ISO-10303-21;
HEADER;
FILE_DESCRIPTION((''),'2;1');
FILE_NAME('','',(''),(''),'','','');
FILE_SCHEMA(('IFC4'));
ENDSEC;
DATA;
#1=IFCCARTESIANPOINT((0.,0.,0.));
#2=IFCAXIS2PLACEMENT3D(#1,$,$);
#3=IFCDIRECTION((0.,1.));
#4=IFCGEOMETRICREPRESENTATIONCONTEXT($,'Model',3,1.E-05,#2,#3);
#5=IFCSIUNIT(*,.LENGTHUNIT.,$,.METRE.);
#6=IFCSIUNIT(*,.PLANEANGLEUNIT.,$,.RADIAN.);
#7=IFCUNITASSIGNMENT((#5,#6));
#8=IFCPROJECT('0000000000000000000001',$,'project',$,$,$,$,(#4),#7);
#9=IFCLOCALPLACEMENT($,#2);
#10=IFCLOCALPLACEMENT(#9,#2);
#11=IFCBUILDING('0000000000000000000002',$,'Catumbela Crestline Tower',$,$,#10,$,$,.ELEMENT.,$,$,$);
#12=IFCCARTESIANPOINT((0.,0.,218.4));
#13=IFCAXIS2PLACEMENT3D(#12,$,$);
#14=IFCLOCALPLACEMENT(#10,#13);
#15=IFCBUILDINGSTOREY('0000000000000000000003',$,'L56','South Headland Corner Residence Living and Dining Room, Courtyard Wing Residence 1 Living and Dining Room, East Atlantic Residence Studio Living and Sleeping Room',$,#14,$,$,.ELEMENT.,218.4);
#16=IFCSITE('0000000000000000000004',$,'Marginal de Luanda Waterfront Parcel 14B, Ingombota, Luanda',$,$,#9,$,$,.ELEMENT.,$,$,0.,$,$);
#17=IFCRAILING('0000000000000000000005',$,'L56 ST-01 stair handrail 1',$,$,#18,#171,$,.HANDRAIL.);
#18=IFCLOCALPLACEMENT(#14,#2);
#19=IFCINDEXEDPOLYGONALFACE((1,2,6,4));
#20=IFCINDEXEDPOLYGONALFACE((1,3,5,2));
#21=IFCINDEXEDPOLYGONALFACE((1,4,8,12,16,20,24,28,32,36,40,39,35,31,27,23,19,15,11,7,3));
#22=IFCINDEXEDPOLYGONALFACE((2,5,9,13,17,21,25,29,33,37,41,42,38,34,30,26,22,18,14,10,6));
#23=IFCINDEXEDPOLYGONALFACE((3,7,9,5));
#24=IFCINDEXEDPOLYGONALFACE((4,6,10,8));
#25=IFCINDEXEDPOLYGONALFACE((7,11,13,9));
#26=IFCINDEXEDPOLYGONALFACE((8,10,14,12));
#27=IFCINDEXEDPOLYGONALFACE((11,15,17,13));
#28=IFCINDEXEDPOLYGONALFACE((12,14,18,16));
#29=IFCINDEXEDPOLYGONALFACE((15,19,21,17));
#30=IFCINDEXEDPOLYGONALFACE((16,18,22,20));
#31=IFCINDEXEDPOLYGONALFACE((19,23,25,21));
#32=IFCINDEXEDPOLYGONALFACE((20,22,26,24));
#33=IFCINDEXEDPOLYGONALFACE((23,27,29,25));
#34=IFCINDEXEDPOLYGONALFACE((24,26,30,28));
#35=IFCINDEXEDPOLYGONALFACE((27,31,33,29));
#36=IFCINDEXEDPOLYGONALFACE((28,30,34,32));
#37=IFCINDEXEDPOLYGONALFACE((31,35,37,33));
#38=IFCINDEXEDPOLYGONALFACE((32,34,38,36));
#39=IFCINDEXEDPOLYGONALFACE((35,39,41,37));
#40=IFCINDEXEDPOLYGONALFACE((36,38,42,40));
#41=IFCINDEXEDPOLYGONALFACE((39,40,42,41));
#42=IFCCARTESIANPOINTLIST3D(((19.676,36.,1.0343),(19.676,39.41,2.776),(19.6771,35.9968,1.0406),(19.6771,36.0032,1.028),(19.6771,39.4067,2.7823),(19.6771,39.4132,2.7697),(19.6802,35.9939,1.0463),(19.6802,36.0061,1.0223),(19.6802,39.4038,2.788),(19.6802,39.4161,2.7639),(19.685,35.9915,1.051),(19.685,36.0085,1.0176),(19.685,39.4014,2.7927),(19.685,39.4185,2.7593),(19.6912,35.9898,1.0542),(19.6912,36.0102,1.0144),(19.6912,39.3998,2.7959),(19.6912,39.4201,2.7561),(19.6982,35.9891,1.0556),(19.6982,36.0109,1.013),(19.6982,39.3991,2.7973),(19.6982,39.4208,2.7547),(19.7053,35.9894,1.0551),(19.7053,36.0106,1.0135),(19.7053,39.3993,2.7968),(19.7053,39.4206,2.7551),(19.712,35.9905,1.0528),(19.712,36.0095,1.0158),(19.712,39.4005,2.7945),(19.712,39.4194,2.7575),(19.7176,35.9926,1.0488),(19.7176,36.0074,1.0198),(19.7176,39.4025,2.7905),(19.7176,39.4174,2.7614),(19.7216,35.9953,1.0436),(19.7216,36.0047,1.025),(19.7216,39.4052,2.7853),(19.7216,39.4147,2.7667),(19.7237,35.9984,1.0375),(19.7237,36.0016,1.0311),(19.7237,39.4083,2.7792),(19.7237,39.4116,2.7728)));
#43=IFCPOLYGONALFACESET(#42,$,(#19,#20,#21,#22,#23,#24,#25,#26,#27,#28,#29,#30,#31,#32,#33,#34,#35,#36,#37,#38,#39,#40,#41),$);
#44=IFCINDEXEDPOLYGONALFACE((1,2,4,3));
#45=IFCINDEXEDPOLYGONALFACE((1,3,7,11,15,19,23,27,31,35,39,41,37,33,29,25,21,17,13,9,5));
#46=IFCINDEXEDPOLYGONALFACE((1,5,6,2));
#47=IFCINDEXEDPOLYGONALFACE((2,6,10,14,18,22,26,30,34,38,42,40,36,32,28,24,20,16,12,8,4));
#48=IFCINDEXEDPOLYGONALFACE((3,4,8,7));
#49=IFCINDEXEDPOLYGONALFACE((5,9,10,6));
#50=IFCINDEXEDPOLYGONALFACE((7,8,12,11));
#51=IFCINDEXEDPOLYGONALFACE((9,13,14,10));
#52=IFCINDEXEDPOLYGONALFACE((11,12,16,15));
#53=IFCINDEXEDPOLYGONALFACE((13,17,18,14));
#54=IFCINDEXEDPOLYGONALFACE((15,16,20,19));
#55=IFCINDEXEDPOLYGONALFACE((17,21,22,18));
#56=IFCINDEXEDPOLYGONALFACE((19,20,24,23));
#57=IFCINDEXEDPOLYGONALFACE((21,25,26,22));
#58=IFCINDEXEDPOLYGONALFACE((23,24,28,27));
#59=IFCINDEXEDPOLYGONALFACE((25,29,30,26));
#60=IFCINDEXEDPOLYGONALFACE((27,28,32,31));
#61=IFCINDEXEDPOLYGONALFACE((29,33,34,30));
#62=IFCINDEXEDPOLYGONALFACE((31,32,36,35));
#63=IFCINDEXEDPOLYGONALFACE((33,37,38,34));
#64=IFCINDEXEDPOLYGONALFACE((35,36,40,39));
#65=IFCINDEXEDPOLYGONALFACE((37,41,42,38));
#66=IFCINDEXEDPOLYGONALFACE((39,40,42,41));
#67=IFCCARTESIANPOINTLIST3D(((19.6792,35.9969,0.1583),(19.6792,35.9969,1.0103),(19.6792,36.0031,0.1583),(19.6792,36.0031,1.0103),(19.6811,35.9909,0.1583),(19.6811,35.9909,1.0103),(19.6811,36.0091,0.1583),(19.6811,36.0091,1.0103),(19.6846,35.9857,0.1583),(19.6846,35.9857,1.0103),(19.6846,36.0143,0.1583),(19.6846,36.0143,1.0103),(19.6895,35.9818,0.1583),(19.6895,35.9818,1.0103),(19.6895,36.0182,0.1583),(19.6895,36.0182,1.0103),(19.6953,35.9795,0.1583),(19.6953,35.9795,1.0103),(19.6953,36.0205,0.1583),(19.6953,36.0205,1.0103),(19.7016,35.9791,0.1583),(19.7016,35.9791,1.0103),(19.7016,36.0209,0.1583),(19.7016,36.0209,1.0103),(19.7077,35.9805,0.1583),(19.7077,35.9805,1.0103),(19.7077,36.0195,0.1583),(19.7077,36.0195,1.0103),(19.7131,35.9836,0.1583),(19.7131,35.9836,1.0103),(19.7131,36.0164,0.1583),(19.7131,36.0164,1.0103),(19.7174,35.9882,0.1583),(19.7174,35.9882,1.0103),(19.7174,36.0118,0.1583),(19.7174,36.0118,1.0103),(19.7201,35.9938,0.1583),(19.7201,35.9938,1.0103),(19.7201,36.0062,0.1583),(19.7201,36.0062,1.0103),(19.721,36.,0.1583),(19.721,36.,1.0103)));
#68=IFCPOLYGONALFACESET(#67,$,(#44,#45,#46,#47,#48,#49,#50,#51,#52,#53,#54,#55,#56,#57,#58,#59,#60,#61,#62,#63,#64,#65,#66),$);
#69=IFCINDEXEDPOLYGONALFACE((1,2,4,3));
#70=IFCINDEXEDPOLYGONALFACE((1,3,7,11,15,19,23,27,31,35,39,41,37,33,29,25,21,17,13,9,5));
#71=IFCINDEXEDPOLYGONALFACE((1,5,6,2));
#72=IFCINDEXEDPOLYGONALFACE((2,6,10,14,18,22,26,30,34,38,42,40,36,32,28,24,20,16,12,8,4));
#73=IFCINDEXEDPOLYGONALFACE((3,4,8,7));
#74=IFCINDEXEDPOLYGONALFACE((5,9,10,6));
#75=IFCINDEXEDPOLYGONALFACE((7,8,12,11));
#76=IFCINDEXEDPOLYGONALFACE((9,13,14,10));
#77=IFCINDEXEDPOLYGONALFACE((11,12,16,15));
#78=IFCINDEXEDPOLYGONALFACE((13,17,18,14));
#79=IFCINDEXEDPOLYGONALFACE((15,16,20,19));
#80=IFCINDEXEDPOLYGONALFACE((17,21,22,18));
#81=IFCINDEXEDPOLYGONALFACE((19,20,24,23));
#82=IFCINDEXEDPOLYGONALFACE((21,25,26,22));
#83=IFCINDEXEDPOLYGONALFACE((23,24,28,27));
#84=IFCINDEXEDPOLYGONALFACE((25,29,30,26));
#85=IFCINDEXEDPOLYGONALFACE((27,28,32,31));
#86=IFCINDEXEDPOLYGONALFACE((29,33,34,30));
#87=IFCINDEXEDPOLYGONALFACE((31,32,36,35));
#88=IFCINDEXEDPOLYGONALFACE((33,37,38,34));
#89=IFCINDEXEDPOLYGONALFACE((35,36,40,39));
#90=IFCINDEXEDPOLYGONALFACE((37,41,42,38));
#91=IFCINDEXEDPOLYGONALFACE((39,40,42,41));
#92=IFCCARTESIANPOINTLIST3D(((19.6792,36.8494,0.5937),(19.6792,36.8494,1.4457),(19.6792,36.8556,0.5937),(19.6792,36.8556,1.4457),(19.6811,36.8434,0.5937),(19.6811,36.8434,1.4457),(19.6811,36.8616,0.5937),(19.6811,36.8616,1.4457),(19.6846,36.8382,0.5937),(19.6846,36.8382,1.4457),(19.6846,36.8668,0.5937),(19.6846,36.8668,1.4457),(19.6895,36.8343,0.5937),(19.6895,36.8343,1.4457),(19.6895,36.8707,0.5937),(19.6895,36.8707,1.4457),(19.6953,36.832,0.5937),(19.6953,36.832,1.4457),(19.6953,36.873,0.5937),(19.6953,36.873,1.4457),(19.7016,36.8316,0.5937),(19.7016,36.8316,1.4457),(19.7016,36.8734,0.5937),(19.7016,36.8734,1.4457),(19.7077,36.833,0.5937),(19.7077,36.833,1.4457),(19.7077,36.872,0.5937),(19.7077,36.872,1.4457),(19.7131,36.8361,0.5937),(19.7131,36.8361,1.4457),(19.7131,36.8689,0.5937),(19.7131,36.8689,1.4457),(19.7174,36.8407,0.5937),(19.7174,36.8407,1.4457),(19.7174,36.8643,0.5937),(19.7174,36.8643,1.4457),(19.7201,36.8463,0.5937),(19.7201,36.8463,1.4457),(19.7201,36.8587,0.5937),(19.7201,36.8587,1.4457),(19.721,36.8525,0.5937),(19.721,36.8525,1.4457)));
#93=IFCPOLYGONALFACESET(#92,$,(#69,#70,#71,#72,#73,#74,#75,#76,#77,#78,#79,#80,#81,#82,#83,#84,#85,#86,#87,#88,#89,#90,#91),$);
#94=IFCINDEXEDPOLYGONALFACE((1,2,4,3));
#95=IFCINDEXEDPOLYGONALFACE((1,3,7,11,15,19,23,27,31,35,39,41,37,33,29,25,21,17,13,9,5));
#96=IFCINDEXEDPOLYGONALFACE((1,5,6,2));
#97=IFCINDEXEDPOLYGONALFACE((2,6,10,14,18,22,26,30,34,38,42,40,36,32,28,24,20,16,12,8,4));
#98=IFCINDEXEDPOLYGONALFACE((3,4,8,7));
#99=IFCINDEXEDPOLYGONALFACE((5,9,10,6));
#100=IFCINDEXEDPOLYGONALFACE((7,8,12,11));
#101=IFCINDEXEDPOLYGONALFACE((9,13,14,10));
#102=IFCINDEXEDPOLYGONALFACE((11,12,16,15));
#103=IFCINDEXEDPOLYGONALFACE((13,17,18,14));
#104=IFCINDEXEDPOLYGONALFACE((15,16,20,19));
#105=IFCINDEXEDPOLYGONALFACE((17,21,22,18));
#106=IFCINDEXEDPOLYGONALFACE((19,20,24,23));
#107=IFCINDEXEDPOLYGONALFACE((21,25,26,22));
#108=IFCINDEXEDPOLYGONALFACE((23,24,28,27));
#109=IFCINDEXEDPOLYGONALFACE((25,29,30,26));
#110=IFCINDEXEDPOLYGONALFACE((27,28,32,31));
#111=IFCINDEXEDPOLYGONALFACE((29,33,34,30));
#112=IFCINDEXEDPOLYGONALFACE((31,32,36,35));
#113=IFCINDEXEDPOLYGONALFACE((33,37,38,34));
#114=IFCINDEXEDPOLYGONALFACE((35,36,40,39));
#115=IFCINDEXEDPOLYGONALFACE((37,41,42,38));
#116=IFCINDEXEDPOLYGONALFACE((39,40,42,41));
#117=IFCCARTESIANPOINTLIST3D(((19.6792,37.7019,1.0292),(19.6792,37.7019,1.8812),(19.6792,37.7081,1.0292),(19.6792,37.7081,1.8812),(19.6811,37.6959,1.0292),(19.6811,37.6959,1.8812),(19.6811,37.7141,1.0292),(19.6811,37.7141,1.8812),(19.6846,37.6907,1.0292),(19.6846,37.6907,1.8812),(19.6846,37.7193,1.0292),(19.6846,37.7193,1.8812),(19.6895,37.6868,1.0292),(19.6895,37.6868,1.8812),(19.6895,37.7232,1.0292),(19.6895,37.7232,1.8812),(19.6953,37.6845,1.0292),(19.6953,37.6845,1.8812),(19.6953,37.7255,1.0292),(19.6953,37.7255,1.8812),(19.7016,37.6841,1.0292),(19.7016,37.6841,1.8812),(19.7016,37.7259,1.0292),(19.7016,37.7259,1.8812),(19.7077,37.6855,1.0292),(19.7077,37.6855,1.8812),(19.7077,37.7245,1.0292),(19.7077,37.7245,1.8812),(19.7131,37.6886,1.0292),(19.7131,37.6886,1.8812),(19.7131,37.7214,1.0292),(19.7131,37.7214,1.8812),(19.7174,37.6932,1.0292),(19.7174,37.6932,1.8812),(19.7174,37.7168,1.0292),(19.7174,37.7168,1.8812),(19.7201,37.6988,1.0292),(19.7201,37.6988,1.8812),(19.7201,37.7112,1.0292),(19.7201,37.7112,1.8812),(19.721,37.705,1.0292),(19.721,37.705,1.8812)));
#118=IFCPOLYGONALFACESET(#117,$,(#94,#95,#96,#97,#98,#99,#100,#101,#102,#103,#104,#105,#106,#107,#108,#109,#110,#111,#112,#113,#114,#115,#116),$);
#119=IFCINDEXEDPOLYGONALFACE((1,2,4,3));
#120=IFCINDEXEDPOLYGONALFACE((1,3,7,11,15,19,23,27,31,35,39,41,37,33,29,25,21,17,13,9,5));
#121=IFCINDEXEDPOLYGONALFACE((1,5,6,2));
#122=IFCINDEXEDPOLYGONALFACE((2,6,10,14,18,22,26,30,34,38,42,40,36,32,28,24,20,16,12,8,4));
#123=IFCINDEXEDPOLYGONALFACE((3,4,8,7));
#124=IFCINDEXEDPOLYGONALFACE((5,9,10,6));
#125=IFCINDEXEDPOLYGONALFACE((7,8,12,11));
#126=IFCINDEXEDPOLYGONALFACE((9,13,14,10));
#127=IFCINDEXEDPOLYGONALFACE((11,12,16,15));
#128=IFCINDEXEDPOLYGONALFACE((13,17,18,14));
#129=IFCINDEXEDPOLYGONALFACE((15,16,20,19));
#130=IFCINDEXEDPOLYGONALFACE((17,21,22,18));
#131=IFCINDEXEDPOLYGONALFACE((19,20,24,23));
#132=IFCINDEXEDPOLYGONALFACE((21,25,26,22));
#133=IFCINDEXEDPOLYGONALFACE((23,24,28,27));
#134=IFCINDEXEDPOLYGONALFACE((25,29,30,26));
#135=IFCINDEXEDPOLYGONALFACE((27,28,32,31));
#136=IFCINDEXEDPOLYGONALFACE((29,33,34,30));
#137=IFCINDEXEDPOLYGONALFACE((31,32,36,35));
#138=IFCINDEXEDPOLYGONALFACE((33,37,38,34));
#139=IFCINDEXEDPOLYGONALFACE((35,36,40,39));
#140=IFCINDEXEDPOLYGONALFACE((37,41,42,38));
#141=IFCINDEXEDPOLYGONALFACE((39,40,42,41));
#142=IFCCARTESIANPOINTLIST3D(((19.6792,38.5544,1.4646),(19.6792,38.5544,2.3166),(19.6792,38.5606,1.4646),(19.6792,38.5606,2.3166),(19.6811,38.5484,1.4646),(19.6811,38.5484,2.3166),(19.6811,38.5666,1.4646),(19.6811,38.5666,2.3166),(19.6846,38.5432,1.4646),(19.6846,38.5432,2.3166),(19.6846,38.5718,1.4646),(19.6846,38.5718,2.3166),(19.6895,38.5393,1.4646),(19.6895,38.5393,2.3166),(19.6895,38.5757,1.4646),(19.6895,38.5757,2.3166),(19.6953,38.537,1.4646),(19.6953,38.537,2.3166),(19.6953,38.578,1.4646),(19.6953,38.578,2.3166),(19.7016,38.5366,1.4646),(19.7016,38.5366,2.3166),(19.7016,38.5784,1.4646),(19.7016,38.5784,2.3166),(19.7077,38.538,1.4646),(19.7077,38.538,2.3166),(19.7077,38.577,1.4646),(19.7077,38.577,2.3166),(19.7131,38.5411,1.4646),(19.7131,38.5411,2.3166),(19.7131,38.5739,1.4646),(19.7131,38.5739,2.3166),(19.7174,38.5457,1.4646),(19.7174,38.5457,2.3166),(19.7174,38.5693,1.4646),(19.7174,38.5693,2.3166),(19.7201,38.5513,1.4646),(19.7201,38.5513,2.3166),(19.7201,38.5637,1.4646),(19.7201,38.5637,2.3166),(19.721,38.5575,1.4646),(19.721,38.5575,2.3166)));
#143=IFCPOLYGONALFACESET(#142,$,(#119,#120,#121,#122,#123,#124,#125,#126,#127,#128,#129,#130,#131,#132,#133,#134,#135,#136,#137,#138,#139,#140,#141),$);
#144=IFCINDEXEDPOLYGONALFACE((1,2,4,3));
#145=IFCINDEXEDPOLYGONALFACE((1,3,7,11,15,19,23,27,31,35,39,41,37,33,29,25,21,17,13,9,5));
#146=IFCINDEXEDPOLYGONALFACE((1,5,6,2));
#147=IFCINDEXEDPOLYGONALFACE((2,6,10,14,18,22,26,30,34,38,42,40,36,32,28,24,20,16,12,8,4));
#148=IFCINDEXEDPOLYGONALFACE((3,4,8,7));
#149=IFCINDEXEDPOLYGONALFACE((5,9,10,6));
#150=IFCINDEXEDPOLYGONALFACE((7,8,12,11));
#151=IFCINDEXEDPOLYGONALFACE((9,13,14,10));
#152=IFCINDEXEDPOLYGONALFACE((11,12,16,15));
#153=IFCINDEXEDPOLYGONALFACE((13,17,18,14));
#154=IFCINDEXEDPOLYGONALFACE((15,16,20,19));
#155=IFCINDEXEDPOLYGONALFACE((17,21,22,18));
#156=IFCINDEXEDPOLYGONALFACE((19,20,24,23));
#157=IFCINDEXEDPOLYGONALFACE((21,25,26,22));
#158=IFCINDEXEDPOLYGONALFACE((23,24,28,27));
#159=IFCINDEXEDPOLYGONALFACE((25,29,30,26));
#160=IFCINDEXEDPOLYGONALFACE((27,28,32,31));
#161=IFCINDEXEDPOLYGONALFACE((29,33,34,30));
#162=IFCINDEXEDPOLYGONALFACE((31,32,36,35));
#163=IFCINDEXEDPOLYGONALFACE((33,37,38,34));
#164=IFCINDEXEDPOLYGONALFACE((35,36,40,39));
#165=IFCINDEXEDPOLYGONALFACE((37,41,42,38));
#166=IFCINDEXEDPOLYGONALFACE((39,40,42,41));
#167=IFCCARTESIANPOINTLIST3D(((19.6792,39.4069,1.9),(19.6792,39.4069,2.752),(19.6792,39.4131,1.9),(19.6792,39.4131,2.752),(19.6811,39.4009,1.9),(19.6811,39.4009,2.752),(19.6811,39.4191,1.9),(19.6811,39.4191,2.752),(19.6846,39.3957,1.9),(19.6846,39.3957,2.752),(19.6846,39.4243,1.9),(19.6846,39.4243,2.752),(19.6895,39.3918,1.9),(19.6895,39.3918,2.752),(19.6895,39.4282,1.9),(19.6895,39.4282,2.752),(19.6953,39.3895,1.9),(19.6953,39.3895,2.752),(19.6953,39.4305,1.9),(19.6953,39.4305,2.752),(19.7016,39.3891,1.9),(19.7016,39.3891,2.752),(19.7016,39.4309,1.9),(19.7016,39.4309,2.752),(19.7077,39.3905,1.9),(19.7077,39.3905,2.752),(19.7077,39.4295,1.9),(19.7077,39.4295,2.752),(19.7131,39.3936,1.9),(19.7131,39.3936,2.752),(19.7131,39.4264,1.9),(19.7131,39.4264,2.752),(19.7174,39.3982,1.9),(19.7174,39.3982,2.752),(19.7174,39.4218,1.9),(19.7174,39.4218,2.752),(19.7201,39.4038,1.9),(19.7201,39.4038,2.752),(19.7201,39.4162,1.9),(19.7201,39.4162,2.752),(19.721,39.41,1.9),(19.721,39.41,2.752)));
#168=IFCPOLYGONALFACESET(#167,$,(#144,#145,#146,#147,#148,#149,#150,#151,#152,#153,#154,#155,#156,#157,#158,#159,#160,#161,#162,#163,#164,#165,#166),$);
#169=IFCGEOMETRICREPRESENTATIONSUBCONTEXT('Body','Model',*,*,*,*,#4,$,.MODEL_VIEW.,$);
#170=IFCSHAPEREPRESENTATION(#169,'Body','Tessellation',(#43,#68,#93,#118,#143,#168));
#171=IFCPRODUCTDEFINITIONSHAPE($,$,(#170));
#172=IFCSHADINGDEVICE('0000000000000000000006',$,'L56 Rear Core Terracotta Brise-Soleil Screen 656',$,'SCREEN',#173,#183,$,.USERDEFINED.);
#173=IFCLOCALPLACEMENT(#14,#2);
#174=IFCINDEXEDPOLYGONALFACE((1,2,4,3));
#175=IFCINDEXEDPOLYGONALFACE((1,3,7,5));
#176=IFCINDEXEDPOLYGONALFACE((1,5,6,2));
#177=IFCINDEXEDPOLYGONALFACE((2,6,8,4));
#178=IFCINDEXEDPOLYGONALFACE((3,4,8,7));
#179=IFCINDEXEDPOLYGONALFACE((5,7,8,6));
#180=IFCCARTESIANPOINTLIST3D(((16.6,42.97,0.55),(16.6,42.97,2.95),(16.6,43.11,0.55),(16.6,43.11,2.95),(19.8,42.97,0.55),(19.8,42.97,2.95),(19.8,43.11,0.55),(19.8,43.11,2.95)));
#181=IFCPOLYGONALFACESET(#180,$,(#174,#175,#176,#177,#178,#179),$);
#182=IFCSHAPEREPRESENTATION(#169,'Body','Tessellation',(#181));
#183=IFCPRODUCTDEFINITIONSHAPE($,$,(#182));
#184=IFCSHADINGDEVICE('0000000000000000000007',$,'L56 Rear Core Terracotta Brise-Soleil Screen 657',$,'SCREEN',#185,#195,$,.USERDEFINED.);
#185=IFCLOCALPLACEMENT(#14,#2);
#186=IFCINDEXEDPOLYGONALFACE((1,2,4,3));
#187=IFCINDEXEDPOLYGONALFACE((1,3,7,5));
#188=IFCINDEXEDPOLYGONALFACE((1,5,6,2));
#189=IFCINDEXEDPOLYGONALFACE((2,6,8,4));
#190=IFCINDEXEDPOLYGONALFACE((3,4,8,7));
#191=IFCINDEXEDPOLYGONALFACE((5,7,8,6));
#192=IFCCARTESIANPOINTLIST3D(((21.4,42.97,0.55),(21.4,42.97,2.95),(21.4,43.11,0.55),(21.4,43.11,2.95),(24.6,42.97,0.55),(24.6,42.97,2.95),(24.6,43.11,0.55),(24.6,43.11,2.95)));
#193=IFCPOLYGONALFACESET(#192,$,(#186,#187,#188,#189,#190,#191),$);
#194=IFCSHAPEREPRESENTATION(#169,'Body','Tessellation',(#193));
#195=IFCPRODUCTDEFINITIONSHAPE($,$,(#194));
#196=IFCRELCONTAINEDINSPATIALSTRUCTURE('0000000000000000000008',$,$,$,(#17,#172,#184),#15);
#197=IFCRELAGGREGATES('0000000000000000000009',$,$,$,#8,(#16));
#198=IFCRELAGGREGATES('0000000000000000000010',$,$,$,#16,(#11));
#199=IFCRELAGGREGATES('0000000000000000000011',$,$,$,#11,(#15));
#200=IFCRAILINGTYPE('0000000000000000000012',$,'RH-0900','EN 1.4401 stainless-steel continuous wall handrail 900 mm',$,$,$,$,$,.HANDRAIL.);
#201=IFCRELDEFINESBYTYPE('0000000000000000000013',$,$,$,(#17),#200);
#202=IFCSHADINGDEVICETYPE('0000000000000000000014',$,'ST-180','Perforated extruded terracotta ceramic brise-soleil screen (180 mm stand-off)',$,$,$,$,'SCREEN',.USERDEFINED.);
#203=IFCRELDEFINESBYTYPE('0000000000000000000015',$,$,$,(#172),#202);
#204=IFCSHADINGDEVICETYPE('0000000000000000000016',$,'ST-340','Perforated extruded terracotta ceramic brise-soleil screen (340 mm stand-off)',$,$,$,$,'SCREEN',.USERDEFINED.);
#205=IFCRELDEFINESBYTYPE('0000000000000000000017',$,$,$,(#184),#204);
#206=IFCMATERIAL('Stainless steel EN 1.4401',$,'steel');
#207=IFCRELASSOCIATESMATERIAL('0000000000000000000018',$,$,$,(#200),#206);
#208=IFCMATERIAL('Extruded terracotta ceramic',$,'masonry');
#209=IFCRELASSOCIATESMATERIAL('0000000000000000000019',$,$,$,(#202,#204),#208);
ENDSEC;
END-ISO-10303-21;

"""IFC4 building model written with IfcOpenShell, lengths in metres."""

from ifc_helpers import new_model, si_unit, direction, frame, origin, origin_2d, place, context, subcontext, project, spatial, rectangle, circle, extrude, material, type_object, element, save


model = new_model("IFC4")

# Units and contexts
model_context = context("Model", 3, precision=1e-05, world=origin(), true_north=direction((0.0, 1.0)))
body_context = subcontext(model_context, "Body", "Model", "MODEL_VIEW")
ifc_project = project(units=[si_unit("LENGTHUNIT", "METRE"), si_unit("PLANEANGLEUNIT", "RADIAN")], contexts=[model_context])

# Site, building, storey
site_placement = place(None, origin())
site = spatial("IfcSite", under=ifc_project, at=site_placement, Name="Marginal de Luanda Waterfront Parcel 14B, Ingombota, Luanda", CompositionType="ELEMENT", RefElevation=0.0)
building_placement = place(site_placement, origin())
building = spatial("IfcBuilding", under=site, at=building_placement, Name="Catumbela Crestline Tower", CompositionType="ELEMENT")
storey_placement = place(building_placement, frame((0.0, 0.0, 218.4)))
storey = spatial("IfcBuildingStorey", under=building, at=storey_placement, Name="L56", Description="South Headland Corner Residence Living and Dining Room, Courtyard Wing Residence 1 Living and Dining Room, East Atlantic Residence Studio Living and Sleeping Room", CompositionType="ELEMENT", Elevation=218.4)

# Shared definitions
ifc_material_1 = material(Name="Stainless steel EN 1.4401", Category="steel")

# Railing
railing_type_1 = type_object("IfcRailingType", Name="RH-0900", Description="EN 1.4401 stainless-steel continuous wall handrail 900 mm", PredefinedType="HANDRAIL", material=ifc_material_1)
railing_1_placement = place(storey_placement, frame((19.7, 36.0, 0.1583)))
element("IfcRailing", 1, at=railing_1_placement, inside=storey, type_object=railing_type_1, Name="L56 ST-01 stair handrail 1", PredefinedType="HANDRAIL", context=body_context, shape_type="SweptSolid", body=[
    extrude(circle(Radius=0.024, at=origin_2d()), frame((0.0, 0.0, 0.876), z_axis=(0.0, 0.89056, 0.454865), x_axis=(-1.0, 0.0, 0.0)), (0.0, 0.0, 1.0), 3.829),
    extrude(circle(Radius=0.021, at=origin_2d()), origin(), (0.0, 0.0, 1.0), 0.852),
    extrude(circle(Radius=0.021, at=origin_2d()), frame((0.0, 0.8525, 0.4354)), (0.0, 0.0, 1.0), 0.852),
    extrude(circle(Radius=0.021, at=origin_2d()), frame((0.0, 1.705, 0.8709)), (0.0, 0.0, 1.0), 0.852),
    extrude(circle(Radius=0.021, at=origin_2d()), frame((0.0, 2.5575, 1.3063)), (0.0, 0.0, 1.0), 0.852),
    extrude(circle(Radius=0.021, at=origin_2d()), frame((0.0, 3.41, 1.7417)), (0.0, 0.0, 1.0), 0.852),
])

# Shading devices
ifc_material_2 = material(Name="Extruded terracotta ceramic", Category="masonry")
shading_device_type_1 = type_object("IfcShadingDeviceType", Name="ST-180", Description="Perforated extruded terracotta ceramic brise-soleil screen (180 mm stand-off)", ElementType="SCREEN", PredefinedType="USERDEFINED", material=ifc_material_2)
shading_device_1_placement = place(storey_placement, frame((18.2, 43.04, 0.55), z_axis=(0.0, 0.0, 1.0), x_axis=(1.0, 0.0, 0.0)))
element("IfcShadingDevice", 2, at=shading_device_1_placement, inside=storey, type_object=shading_device_type_1, Name="L56 Rear Core Terracotta Brise-Soleil Screen 656", ObjectType="SCREEN", PredefinedType="USERDEFINED", context=body_context, shape_type="SweptSolid", body=[
    extrude(rectangle(XDim=3.2, YDim=0.14, at=origin_2d()), origin(), (0.0, 0.0, 1.0), 2.4),
])
shading_device_type_2 = type_object("IfcShadingDeviceType", Name="ST-340", Description="Perforated extruded terracotta ceramic brise-soleil screen (340 mm stand-off)", ElementType="SCREEN", PredefinedType="USERDEFINED", material=ifc_material_2)
shading_device_2_placement = place(storey_placement, frame((23.0, 43.04, 0.55), z_axis=(0.0, 0.0, 1.0), x_axis=(1.0, 0.0, 0.0)))
element("IfcShadingDevice", 3, at=shading_device_2_placement, inside=storey, type_object=shading_device_type_2, Name="L56 Rear Core Terracotta Brise-Soleil Screen 657", ObjectType="SCREEN", PredefinedType="USERDEFINED", context=body_context, shape_type="SweptSolid", body=[
    extrude(rectangle(XDim=3.2, YDim=0.14, at=origin_2d()), origin(), (0.0, 0.0, 1.0), 2.4),
])

save(model, "model.ifc")
